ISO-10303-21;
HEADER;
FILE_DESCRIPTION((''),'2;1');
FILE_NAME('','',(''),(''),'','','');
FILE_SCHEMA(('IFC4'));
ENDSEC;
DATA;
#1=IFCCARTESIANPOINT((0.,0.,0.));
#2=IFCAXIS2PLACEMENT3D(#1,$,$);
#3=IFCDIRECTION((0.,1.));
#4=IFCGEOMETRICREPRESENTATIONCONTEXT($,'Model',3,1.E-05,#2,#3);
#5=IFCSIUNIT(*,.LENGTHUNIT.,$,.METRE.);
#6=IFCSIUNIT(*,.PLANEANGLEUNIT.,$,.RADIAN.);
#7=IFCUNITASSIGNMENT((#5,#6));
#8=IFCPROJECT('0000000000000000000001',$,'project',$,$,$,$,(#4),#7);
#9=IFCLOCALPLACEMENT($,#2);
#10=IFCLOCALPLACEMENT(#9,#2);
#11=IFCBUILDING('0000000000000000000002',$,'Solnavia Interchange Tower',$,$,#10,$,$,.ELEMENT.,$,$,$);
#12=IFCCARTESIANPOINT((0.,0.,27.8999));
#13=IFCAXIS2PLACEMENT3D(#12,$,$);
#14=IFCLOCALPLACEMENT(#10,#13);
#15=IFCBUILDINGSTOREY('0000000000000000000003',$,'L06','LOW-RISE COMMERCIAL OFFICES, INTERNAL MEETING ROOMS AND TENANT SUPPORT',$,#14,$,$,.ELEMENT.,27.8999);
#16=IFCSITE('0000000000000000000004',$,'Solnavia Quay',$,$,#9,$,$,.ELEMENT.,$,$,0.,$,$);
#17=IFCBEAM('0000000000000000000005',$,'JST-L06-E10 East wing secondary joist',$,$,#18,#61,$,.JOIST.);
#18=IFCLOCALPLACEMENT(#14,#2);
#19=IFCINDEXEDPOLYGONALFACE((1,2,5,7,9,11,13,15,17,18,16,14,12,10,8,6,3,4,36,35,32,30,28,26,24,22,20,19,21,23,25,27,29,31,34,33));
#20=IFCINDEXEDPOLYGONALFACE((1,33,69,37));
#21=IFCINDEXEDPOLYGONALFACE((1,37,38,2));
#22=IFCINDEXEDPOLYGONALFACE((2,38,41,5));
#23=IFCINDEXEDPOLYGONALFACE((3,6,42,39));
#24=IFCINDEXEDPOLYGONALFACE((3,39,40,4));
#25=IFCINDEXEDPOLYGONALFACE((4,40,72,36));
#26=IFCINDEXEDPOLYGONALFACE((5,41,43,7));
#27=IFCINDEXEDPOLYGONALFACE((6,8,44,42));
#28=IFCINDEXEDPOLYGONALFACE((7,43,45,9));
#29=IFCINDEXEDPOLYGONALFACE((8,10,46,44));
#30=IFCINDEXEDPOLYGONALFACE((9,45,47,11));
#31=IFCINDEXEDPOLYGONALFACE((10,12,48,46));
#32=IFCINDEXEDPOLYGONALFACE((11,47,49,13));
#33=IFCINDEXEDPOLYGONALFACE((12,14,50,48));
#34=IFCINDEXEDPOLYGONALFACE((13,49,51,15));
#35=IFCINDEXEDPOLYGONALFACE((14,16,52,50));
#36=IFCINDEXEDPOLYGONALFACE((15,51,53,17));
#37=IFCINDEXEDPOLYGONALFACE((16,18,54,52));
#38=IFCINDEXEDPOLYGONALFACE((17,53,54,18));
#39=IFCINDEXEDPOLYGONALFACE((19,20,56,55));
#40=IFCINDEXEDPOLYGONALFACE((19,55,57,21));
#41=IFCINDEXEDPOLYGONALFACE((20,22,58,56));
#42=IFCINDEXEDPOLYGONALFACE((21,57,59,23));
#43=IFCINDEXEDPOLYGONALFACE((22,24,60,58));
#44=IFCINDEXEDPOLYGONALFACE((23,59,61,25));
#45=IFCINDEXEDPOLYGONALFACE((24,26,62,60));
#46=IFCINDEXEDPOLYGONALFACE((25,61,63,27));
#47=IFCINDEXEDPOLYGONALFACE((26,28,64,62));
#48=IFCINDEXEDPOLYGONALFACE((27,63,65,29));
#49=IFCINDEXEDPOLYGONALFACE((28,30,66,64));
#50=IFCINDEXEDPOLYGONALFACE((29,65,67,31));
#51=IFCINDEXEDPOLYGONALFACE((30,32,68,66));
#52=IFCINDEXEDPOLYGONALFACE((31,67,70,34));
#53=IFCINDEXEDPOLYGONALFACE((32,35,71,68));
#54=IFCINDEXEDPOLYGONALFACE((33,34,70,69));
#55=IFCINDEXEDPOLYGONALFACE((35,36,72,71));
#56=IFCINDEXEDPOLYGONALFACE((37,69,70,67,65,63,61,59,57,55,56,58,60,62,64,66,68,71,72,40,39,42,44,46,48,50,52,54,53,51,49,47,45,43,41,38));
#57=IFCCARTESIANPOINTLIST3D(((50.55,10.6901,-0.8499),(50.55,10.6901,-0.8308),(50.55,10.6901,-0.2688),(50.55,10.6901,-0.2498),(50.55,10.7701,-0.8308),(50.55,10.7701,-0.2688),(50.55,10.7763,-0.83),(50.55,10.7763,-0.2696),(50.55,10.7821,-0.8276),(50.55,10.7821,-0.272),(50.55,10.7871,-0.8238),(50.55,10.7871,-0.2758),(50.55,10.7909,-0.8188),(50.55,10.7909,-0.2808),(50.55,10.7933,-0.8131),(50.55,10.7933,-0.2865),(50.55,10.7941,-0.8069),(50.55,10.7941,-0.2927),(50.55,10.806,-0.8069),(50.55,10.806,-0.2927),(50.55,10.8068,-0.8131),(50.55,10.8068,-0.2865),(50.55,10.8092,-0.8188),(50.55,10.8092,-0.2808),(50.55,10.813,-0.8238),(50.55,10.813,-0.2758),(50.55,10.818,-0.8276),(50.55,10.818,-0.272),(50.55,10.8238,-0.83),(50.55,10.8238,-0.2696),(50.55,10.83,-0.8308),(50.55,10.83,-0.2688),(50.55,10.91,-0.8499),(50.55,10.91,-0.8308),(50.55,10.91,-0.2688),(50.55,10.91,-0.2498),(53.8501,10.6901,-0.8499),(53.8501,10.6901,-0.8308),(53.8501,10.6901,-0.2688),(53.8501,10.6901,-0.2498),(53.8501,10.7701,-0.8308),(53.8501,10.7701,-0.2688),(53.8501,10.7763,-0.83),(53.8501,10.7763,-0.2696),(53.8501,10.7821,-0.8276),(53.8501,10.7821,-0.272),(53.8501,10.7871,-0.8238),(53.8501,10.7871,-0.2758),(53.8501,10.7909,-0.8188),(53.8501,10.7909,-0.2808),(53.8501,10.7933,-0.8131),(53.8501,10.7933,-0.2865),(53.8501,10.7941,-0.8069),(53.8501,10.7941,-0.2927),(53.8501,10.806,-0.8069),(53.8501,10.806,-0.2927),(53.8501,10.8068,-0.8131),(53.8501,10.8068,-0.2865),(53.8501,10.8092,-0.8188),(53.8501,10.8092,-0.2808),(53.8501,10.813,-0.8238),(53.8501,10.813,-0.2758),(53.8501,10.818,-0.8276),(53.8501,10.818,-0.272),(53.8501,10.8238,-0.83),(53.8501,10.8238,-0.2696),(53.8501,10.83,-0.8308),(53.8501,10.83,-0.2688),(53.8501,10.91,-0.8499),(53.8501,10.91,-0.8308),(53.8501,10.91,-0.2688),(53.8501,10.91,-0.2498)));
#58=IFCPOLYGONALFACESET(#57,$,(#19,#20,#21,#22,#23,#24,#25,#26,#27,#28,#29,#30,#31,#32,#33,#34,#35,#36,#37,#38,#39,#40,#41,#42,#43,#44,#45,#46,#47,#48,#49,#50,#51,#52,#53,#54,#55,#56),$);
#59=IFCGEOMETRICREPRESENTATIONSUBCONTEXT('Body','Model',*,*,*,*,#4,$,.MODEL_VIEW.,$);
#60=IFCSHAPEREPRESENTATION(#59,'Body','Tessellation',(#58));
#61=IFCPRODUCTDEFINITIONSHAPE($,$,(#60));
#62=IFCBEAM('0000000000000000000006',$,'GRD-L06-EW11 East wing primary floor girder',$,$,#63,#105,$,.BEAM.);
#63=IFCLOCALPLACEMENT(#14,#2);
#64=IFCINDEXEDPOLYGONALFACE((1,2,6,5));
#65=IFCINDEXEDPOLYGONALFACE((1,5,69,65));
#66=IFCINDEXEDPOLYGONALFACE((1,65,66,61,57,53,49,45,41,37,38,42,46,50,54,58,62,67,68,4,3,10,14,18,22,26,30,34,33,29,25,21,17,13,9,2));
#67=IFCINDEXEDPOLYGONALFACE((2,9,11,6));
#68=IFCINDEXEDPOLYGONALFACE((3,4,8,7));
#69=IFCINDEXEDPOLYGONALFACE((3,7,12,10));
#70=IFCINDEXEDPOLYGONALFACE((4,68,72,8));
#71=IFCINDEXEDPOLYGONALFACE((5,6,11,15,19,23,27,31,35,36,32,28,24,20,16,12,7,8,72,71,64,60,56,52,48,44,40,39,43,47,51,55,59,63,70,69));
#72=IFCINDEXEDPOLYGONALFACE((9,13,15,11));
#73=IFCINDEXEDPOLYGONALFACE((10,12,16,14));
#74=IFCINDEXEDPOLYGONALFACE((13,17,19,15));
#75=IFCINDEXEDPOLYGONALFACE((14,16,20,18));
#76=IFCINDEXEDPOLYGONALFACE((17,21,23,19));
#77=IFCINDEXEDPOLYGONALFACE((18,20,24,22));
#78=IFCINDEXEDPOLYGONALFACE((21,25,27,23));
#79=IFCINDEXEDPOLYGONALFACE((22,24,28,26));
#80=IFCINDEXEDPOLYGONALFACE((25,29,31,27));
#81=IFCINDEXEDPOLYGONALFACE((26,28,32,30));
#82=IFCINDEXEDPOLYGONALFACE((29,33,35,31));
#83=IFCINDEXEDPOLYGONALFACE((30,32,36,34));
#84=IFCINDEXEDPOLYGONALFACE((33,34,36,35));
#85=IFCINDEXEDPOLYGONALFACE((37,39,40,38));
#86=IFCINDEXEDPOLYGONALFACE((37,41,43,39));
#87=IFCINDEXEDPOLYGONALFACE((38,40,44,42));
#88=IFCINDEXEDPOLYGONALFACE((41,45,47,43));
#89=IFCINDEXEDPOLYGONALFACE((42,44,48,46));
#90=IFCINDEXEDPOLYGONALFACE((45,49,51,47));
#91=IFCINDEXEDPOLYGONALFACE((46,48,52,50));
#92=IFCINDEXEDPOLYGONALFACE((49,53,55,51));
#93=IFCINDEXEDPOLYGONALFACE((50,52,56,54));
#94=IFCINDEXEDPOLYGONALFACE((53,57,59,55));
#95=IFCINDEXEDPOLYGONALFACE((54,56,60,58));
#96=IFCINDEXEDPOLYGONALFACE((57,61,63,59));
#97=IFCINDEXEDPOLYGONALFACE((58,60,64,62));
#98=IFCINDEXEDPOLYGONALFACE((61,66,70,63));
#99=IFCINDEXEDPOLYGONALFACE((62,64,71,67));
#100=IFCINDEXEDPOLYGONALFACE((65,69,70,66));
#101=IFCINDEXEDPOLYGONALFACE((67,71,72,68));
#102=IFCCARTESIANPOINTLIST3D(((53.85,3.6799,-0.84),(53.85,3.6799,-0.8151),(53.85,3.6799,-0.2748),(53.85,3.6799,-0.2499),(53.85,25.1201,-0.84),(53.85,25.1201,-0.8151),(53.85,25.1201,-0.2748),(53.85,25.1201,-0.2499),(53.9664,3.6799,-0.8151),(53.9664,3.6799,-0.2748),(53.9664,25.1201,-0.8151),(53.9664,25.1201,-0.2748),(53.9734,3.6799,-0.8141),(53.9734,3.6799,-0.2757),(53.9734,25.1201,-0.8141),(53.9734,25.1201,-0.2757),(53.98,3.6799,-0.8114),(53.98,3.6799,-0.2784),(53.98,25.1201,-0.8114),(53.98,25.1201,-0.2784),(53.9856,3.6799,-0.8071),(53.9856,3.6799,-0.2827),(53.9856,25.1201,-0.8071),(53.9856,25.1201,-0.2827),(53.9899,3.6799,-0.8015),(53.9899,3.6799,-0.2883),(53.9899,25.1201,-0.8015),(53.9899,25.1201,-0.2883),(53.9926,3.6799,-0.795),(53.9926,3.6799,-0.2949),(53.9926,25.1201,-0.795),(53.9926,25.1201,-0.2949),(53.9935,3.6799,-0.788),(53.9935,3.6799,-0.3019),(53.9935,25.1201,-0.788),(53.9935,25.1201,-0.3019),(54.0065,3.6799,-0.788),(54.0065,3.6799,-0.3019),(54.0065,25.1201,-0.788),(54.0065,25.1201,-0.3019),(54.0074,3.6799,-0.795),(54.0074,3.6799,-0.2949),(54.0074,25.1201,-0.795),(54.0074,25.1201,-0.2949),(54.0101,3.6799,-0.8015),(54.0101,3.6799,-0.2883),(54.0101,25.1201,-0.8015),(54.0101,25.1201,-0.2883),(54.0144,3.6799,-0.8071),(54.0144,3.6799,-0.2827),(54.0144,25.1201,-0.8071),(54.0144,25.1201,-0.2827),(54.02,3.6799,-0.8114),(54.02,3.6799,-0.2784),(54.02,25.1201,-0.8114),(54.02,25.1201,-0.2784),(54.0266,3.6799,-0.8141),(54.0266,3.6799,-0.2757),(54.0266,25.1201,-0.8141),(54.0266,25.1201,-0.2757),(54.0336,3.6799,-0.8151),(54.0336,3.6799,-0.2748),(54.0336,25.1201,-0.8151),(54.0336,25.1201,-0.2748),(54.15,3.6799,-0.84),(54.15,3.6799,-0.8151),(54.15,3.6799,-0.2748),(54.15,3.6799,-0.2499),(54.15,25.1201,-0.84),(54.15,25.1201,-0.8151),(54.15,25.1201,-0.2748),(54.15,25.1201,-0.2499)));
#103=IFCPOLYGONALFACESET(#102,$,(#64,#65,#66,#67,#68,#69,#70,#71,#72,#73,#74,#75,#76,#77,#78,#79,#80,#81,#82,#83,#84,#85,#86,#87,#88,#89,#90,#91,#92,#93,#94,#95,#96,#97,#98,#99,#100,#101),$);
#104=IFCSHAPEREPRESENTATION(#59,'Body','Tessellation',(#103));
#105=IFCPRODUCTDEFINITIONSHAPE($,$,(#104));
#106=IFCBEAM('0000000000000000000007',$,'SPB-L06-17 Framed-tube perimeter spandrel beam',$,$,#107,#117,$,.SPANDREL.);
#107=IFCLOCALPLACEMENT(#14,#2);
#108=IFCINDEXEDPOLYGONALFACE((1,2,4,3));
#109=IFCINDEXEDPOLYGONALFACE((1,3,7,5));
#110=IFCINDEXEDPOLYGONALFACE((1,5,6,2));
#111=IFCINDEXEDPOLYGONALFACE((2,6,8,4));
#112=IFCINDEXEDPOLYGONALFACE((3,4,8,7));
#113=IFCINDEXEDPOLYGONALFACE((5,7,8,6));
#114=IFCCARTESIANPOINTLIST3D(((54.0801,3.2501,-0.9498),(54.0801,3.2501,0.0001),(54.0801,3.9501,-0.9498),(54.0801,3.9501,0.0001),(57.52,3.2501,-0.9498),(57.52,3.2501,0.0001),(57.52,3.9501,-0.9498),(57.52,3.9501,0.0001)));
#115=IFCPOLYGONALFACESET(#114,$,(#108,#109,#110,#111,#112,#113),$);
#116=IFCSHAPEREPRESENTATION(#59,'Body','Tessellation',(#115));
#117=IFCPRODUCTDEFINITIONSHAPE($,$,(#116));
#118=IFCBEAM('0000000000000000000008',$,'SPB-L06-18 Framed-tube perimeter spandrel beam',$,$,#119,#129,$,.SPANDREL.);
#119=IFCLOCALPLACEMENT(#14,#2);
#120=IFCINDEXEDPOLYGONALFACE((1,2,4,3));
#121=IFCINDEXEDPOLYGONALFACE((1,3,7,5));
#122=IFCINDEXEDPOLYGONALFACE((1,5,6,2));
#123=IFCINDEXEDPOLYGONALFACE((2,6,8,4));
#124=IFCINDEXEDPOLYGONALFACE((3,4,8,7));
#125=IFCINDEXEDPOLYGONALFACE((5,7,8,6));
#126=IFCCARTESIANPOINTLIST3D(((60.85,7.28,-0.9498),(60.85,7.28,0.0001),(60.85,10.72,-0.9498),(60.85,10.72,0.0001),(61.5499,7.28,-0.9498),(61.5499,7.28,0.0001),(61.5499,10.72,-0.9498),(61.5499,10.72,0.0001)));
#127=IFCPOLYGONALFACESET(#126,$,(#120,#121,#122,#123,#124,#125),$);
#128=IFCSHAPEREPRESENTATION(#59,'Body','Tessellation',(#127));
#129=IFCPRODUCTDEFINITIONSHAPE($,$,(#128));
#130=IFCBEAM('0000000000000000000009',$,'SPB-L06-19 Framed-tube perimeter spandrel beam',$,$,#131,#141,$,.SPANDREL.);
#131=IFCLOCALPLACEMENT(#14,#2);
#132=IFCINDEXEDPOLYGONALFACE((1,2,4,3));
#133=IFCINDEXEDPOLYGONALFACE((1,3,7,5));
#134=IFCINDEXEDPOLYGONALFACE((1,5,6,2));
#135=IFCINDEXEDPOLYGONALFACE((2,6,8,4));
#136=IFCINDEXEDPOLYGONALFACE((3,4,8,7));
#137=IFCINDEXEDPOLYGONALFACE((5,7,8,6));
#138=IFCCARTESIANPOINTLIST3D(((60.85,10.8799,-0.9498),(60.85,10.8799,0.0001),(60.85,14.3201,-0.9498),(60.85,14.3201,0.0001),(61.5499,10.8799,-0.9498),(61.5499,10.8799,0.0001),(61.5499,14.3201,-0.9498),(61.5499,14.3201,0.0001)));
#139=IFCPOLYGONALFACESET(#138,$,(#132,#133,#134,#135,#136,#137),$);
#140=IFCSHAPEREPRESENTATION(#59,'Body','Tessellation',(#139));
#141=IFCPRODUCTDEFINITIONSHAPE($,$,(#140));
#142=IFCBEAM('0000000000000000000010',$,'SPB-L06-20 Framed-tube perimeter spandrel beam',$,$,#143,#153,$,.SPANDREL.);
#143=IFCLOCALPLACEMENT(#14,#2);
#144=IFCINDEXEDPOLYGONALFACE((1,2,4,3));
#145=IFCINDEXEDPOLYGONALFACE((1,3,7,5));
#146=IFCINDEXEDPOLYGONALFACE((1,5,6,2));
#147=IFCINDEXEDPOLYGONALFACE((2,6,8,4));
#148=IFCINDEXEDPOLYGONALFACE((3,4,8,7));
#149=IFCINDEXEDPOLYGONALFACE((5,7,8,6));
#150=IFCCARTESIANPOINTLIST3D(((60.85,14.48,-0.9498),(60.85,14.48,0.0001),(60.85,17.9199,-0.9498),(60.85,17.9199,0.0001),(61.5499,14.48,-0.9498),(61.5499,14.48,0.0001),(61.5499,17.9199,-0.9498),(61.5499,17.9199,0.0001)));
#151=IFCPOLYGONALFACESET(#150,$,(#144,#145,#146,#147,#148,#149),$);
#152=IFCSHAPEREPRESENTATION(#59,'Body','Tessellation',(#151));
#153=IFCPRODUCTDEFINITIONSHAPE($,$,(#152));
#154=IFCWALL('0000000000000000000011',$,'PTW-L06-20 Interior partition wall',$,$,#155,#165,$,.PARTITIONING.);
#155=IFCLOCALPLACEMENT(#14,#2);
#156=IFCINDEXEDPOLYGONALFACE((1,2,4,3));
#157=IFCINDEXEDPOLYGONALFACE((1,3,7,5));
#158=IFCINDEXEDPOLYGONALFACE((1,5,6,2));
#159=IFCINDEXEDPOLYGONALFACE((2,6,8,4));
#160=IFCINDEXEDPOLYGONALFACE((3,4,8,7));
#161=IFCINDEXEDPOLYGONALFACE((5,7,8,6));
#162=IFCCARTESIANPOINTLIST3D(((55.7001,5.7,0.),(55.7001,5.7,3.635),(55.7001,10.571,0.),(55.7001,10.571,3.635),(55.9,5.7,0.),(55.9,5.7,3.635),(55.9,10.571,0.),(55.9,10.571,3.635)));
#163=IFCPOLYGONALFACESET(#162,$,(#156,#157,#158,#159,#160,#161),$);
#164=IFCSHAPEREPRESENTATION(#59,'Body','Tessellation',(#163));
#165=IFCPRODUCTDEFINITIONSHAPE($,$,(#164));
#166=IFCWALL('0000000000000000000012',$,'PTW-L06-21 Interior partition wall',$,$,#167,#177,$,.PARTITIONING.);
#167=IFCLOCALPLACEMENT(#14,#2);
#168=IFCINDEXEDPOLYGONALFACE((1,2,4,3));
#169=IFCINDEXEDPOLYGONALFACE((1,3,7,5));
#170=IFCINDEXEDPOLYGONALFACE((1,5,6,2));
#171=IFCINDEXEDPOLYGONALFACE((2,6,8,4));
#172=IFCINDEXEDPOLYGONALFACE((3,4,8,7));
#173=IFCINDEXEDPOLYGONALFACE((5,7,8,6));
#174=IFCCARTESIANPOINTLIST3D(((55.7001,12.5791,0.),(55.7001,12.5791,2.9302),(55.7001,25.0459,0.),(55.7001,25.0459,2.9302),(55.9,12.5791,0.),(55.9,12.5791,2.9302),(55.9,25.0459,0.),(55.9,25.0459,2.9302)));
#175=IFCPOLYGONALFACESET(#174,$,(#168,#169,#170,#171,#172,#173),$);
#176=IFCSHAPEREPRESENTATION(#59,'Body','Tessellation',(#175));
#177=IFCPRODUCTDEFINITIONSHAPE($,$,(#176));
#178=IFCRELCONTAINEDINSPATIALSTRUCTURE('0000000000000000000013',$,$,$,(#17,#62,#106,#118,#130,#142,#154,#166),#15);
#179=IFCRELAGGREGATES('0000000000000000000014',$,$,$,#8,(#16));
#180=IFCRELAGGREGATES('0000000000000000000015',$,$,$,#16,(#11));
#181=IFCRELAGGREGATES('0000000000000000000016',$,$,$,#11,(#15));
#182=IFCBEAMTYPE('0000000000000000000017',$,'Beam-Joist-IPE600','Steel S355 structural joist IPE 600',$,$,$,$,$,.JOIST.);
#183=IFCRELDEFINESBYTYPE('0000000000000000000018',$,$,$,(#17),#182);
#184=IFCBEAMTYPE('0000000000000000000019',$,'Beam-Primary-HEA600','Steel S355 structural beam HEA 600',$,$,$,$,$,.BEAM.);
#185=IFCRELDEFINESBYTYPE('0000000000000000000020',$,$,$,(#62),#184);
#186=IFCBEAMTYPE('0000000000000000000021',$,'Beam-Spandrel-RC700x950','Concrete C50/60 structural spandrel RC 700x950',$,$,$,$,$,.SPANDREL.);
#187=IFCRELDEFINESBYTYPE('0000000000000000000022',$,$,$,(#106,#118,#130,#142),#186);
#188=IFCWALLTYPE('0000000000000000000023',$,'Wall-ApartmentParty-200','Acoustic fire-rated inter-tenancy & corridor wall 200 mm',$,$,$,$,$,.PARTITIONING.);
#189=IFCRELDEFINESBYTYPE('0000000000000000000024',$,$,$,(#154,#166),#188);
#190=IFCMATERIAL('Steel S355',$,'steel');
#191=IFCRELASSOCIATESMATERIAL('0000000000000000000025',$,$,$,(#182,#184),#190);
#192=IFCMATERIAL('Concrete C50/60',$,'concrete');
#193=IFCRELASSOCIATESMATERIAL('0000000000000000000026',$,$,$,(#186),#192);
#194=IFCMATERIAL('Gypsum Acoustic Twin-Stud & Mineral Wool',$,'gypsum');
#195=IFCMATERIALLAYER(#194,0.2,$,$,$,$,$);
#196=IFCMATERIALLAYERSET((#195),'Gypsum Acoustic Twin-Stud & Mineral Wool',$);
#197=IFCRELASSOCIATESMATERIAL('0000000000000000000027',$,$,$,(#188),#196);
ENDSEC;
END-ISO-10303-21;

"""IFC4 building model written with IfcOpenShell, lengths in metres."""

from ifc_helpers import new_model, si_unit, direction, frame, frame_2d, origin, origin_2d, place, context, subcontext, project, spatial, rectangle, i_section, extrude, material, layer, layer_set, material_profile, profile_set, type_object, element, save


model = new_model("IFC4")

# Units and contexts
model_context = context("Model", 3, precision=1e-05, world=origin(), true_north=direction((0.0, 1.0)))
body_context = subcontext(model_context, "Body", "Model", "MODEL_VIEW")
ifc_project = project(units=[si_unit("LENGTHUNIT", "METRE"), si_unit("PLANEANGLEUNIT", "RADIAN")], contexts=[model_context])

# Site, building, storey
site_placement = place(None, origin())
site = spatial("IfcSite", under=ifc_project, at=site_placement, Name="Solnavia Quay", CompositionType="ELEMENT", RefElevation=0.0)
building_placement = place(site_placement, origin())
building = spatial("IfcBuilding", under=site, at=building_placement, Name="Solnavia Interchange Tower", CompositionType="ELEMENT")
storey_placement = place(building_placement, frame((0.0, 0.0, 27.8999)))
storey = spatial("IfcBuildingStorey", under=building, at=storey_placement, Name="L06", Description="LOW-RISE COMMERCIAL OFFICES, INTERNAL MEETING ROOMS AND TENANT SUPPORT", CompositionType="ELEMENT", Elevation=27.8999)

# Beams
ifc_material_1 = material(Name="Steel S355", Category="steel")
ifc_material_profile_1 = material_profile(ifc_material_1, i_section(OverallWidth=0.22, OverallDepth=0.6001, WebThickness=0.012, FlangeThickness=0.019, FilletRadius=0.0239, at=origin_2d()), Name="IPE 600")
ifc_profile_set_1 = profile_set([ifc_material_profile_1], Name="Steel S355")
beam_type_1 = type_object("IfcBeamType", Name="Beam-Joist-IPE600", Description="Steel S355 structural joist IPE 600", PredefinedType="JOIST", material=ifc_profile_set_1)
beam_1_placement = place(storey_placement, frame((50.55, 10.8, -0.5498), z_axis=(1.0, 0.0, 0.0), x_axis=(0.0, 1.0, 0.0)))
element("IfcBeam", 1, at=beam_1_placement, inside=storey, type_object=beam_type_1, Name="JST-L06-E10 East wing secondary joist", PredefinedType="JOIST", context=body_context, shape_type="SweptSolid", body=[
    extrude(i_section(OverallWidth=0.22, OverallDepth=0.6001, WebThickness=0.012, FlangeThickness=0.019, FilletRadius=0.0239, at=origin_2d()), origin(), (0.0, 0.0, 1.0), 3.3),
])
ifc_material_profile_2 = material_profile(ifc_material_1, i_section(OverallWidth=0.3, OverallDepth=0.5901, WebThickness=0.0129, FlangeThickness=0.0249, FilletRadius=0.0271, at=origin_2d()), Name="HEA 600")
ifc_profile_set_2 = profile_set([ifc_material_profile_2], Name="Steel S355")
beam_type_2 = type_object("IfcBeamType", Name="Beam-Primary-HEA600", Description="Steel S355 structural beam HEA 600", PredefinedType="BEAM", material=ifc_profile_set_2)
beam_2_placement = place(storey_placement, frame((54.0, 3.6799, -0.5449), z_axis=(0.0, 1.0, 0.0), x_axis=(-1.0, 0.0, 0.0)))
element("IfcBeam", 2, at=beam_2_placement, inside=storey, type_object=beam_type_2, Name="GRD-L06-EW11 East wing primary floor girder", PredefinedType="BEAM", context=body_context, shape_type="SweptSolid", body=[
    extrude(i_section(OverallWidth=0.3, OverallDepth=0.5901, WebThickness=0.0129, FlangeThickness=0.0249, FilletRadius=0.0271, at=origin_2d()), origin(), (0.0, 0.0, 1.0), 21.4402),
])
ifc_material_2 = material(Name="Concrete C50/60", Category="concrete")
ifc_material_profile_3 = material_profile(ifc_material_2, rectangle(XDim=0.7, YDim=0.95, at=origin_2d()), Name="RC 700x950")
ifc_profile_set_3 = profile_set([ifc_material_profile_3], Name="Concrete C50/60")
beam_type_3 = type_object("IfcBeamType", Name="Beam-Spandrel-RC700x950", Description="Concrete C50/60 structural spandrel RC 700x950", PredefinedType="SPANDREL", material=ifc_profile_set_3)
for number, where, z_axis, x_axis, name in (
    (3, (54.0801, 3.6001, -0.4749), (1.0, 0.0, 0.0), (0.0, 1.0, 0.0), "SPB-L06-17 Framed-tube perimeter spandrel beam"),
    (4, (61.2, 7.28, -0.4749), (0.0, 1.0, 0.0), (-1.0, 0.0, 0.0), "SPB-L06-18 Framed-tube perimeter spandrel beam"),
):
    element("IfcBeam", number, at=place(storey_placement, frame(where, z_axis=z_axis, x_axis=x_axis)), inside=storey, type_object=beam_type_3, Name=name, PredefinedType="SPANDREL", context=body_context, shape_type="SweptSolid", body=[
        extrude(rectangle(XDim=0.7, YDim=0.95, at=origin_2d()), origin(), (0.0, 0.0, 1.0), 3.4399),
    ])
beam_3_placement = place(storey_placement, frame((61.2, 10.8799, -0.4749), z_axis=(0.0, 1.0, 0.0), x_axis=(-1.0, 0.0, 0.0)))
element("IfcBeam", 5, at=beam_3_placement, inside=storey, type_object=beam_type_3, Name="SPB-L06-19 Framed-tube perimeter spandrel beam", PredefinedType="SPANDREL", context=body_context, shape_type="SweptSolid", body=[
    extrude(rectangle(XDim=0.7, YDim=0.95, at=origin_2d()), origin(), (0.0, 0.0, 1.0), 3.4402),
])
beam_4_placement = place(storey_placement, frame((61.2, 14.48, -0.4749), z_axis=(0.0, 1.0, 0.0), x_axis=(-1.0, 0.0, 0.0)))
element("IfcBeam", 6, at=beam_4_placement, inside=storey, type_object=beam_type_3, Name="SPB-L06-20 Framed-tube perimeter spandrel beam", PredefinedType="SPANDREL", context=body_context, shape_type="SweptSolid", body=[
    extrude(rectangle(XDim=0.7, YDim=0.95, at=origin_2d()), origin(), (0.0, 0.0, 1.0), 3.4399),
])

# Walls
ifc_material_3 = material(Name="Gypsum Acoustic Twin-Stud & Mineral Wool", Category="gypsum")
ifc_layer_1 = layer(ifc_material_3, 0.2)
ifc_layer_set_1 = layer_set([ifc_layer_1], Name="Gypsum Acoustic Twin-Stud & Mineral Wool")
wall_type_1 = type_object("IfcWallType", Name="Wall-ApartmentParty-200", Description="Acoustic fire-rated inter-tenancy & corridor wall 200 mm", PredefinedType="PARTITIONING", material=ifc_layer_set_1)
wall_1_placement = place(storey_placement, frame((55.8, 5.7, 0.0), z_axis=(0.0, 0.0, 1.0), x_axis=(0.0, 1.0, 0.0)))
element("IfcWall", 7, at=wall_1_placement, inside=storey, type_object=wall_type_1, Name="PTW-L06-20 Interior partition wall", PredefinedType="PARTITIONING", context=body_context, shape_type="SweptSolid", body=[
    extrude(rectangle(XDim=4.8711, YDim=0.2, at=frame_2d((2.4355, 0.0))), origin(), (0.0, 0.0, 1.0), 3.635),
])
wall_2_placement = place(storey_placement, frame((55.8, 12.5791, 0.0), z_axis=(0.0, 0.0, 1.0), x_axis=(0.0, 1.0, 0.0)))
element("IfcWall", 8, at=wall_2_placement, inside=storey, type_object=wall_type_1, Name="PTW-L06-21 Interior partition wall", PredefinedType="PARTITIONING", context=body_context, shape_type="SweptSolid", body=[
    extrude(rectangle(XDim=12.4668, YDim=0.2, at=frame_2d((6.2334, 0.0))), origin(), (0.0, 0.0, 1.0), 2.9302),
])

save(model, "model.ifc")
